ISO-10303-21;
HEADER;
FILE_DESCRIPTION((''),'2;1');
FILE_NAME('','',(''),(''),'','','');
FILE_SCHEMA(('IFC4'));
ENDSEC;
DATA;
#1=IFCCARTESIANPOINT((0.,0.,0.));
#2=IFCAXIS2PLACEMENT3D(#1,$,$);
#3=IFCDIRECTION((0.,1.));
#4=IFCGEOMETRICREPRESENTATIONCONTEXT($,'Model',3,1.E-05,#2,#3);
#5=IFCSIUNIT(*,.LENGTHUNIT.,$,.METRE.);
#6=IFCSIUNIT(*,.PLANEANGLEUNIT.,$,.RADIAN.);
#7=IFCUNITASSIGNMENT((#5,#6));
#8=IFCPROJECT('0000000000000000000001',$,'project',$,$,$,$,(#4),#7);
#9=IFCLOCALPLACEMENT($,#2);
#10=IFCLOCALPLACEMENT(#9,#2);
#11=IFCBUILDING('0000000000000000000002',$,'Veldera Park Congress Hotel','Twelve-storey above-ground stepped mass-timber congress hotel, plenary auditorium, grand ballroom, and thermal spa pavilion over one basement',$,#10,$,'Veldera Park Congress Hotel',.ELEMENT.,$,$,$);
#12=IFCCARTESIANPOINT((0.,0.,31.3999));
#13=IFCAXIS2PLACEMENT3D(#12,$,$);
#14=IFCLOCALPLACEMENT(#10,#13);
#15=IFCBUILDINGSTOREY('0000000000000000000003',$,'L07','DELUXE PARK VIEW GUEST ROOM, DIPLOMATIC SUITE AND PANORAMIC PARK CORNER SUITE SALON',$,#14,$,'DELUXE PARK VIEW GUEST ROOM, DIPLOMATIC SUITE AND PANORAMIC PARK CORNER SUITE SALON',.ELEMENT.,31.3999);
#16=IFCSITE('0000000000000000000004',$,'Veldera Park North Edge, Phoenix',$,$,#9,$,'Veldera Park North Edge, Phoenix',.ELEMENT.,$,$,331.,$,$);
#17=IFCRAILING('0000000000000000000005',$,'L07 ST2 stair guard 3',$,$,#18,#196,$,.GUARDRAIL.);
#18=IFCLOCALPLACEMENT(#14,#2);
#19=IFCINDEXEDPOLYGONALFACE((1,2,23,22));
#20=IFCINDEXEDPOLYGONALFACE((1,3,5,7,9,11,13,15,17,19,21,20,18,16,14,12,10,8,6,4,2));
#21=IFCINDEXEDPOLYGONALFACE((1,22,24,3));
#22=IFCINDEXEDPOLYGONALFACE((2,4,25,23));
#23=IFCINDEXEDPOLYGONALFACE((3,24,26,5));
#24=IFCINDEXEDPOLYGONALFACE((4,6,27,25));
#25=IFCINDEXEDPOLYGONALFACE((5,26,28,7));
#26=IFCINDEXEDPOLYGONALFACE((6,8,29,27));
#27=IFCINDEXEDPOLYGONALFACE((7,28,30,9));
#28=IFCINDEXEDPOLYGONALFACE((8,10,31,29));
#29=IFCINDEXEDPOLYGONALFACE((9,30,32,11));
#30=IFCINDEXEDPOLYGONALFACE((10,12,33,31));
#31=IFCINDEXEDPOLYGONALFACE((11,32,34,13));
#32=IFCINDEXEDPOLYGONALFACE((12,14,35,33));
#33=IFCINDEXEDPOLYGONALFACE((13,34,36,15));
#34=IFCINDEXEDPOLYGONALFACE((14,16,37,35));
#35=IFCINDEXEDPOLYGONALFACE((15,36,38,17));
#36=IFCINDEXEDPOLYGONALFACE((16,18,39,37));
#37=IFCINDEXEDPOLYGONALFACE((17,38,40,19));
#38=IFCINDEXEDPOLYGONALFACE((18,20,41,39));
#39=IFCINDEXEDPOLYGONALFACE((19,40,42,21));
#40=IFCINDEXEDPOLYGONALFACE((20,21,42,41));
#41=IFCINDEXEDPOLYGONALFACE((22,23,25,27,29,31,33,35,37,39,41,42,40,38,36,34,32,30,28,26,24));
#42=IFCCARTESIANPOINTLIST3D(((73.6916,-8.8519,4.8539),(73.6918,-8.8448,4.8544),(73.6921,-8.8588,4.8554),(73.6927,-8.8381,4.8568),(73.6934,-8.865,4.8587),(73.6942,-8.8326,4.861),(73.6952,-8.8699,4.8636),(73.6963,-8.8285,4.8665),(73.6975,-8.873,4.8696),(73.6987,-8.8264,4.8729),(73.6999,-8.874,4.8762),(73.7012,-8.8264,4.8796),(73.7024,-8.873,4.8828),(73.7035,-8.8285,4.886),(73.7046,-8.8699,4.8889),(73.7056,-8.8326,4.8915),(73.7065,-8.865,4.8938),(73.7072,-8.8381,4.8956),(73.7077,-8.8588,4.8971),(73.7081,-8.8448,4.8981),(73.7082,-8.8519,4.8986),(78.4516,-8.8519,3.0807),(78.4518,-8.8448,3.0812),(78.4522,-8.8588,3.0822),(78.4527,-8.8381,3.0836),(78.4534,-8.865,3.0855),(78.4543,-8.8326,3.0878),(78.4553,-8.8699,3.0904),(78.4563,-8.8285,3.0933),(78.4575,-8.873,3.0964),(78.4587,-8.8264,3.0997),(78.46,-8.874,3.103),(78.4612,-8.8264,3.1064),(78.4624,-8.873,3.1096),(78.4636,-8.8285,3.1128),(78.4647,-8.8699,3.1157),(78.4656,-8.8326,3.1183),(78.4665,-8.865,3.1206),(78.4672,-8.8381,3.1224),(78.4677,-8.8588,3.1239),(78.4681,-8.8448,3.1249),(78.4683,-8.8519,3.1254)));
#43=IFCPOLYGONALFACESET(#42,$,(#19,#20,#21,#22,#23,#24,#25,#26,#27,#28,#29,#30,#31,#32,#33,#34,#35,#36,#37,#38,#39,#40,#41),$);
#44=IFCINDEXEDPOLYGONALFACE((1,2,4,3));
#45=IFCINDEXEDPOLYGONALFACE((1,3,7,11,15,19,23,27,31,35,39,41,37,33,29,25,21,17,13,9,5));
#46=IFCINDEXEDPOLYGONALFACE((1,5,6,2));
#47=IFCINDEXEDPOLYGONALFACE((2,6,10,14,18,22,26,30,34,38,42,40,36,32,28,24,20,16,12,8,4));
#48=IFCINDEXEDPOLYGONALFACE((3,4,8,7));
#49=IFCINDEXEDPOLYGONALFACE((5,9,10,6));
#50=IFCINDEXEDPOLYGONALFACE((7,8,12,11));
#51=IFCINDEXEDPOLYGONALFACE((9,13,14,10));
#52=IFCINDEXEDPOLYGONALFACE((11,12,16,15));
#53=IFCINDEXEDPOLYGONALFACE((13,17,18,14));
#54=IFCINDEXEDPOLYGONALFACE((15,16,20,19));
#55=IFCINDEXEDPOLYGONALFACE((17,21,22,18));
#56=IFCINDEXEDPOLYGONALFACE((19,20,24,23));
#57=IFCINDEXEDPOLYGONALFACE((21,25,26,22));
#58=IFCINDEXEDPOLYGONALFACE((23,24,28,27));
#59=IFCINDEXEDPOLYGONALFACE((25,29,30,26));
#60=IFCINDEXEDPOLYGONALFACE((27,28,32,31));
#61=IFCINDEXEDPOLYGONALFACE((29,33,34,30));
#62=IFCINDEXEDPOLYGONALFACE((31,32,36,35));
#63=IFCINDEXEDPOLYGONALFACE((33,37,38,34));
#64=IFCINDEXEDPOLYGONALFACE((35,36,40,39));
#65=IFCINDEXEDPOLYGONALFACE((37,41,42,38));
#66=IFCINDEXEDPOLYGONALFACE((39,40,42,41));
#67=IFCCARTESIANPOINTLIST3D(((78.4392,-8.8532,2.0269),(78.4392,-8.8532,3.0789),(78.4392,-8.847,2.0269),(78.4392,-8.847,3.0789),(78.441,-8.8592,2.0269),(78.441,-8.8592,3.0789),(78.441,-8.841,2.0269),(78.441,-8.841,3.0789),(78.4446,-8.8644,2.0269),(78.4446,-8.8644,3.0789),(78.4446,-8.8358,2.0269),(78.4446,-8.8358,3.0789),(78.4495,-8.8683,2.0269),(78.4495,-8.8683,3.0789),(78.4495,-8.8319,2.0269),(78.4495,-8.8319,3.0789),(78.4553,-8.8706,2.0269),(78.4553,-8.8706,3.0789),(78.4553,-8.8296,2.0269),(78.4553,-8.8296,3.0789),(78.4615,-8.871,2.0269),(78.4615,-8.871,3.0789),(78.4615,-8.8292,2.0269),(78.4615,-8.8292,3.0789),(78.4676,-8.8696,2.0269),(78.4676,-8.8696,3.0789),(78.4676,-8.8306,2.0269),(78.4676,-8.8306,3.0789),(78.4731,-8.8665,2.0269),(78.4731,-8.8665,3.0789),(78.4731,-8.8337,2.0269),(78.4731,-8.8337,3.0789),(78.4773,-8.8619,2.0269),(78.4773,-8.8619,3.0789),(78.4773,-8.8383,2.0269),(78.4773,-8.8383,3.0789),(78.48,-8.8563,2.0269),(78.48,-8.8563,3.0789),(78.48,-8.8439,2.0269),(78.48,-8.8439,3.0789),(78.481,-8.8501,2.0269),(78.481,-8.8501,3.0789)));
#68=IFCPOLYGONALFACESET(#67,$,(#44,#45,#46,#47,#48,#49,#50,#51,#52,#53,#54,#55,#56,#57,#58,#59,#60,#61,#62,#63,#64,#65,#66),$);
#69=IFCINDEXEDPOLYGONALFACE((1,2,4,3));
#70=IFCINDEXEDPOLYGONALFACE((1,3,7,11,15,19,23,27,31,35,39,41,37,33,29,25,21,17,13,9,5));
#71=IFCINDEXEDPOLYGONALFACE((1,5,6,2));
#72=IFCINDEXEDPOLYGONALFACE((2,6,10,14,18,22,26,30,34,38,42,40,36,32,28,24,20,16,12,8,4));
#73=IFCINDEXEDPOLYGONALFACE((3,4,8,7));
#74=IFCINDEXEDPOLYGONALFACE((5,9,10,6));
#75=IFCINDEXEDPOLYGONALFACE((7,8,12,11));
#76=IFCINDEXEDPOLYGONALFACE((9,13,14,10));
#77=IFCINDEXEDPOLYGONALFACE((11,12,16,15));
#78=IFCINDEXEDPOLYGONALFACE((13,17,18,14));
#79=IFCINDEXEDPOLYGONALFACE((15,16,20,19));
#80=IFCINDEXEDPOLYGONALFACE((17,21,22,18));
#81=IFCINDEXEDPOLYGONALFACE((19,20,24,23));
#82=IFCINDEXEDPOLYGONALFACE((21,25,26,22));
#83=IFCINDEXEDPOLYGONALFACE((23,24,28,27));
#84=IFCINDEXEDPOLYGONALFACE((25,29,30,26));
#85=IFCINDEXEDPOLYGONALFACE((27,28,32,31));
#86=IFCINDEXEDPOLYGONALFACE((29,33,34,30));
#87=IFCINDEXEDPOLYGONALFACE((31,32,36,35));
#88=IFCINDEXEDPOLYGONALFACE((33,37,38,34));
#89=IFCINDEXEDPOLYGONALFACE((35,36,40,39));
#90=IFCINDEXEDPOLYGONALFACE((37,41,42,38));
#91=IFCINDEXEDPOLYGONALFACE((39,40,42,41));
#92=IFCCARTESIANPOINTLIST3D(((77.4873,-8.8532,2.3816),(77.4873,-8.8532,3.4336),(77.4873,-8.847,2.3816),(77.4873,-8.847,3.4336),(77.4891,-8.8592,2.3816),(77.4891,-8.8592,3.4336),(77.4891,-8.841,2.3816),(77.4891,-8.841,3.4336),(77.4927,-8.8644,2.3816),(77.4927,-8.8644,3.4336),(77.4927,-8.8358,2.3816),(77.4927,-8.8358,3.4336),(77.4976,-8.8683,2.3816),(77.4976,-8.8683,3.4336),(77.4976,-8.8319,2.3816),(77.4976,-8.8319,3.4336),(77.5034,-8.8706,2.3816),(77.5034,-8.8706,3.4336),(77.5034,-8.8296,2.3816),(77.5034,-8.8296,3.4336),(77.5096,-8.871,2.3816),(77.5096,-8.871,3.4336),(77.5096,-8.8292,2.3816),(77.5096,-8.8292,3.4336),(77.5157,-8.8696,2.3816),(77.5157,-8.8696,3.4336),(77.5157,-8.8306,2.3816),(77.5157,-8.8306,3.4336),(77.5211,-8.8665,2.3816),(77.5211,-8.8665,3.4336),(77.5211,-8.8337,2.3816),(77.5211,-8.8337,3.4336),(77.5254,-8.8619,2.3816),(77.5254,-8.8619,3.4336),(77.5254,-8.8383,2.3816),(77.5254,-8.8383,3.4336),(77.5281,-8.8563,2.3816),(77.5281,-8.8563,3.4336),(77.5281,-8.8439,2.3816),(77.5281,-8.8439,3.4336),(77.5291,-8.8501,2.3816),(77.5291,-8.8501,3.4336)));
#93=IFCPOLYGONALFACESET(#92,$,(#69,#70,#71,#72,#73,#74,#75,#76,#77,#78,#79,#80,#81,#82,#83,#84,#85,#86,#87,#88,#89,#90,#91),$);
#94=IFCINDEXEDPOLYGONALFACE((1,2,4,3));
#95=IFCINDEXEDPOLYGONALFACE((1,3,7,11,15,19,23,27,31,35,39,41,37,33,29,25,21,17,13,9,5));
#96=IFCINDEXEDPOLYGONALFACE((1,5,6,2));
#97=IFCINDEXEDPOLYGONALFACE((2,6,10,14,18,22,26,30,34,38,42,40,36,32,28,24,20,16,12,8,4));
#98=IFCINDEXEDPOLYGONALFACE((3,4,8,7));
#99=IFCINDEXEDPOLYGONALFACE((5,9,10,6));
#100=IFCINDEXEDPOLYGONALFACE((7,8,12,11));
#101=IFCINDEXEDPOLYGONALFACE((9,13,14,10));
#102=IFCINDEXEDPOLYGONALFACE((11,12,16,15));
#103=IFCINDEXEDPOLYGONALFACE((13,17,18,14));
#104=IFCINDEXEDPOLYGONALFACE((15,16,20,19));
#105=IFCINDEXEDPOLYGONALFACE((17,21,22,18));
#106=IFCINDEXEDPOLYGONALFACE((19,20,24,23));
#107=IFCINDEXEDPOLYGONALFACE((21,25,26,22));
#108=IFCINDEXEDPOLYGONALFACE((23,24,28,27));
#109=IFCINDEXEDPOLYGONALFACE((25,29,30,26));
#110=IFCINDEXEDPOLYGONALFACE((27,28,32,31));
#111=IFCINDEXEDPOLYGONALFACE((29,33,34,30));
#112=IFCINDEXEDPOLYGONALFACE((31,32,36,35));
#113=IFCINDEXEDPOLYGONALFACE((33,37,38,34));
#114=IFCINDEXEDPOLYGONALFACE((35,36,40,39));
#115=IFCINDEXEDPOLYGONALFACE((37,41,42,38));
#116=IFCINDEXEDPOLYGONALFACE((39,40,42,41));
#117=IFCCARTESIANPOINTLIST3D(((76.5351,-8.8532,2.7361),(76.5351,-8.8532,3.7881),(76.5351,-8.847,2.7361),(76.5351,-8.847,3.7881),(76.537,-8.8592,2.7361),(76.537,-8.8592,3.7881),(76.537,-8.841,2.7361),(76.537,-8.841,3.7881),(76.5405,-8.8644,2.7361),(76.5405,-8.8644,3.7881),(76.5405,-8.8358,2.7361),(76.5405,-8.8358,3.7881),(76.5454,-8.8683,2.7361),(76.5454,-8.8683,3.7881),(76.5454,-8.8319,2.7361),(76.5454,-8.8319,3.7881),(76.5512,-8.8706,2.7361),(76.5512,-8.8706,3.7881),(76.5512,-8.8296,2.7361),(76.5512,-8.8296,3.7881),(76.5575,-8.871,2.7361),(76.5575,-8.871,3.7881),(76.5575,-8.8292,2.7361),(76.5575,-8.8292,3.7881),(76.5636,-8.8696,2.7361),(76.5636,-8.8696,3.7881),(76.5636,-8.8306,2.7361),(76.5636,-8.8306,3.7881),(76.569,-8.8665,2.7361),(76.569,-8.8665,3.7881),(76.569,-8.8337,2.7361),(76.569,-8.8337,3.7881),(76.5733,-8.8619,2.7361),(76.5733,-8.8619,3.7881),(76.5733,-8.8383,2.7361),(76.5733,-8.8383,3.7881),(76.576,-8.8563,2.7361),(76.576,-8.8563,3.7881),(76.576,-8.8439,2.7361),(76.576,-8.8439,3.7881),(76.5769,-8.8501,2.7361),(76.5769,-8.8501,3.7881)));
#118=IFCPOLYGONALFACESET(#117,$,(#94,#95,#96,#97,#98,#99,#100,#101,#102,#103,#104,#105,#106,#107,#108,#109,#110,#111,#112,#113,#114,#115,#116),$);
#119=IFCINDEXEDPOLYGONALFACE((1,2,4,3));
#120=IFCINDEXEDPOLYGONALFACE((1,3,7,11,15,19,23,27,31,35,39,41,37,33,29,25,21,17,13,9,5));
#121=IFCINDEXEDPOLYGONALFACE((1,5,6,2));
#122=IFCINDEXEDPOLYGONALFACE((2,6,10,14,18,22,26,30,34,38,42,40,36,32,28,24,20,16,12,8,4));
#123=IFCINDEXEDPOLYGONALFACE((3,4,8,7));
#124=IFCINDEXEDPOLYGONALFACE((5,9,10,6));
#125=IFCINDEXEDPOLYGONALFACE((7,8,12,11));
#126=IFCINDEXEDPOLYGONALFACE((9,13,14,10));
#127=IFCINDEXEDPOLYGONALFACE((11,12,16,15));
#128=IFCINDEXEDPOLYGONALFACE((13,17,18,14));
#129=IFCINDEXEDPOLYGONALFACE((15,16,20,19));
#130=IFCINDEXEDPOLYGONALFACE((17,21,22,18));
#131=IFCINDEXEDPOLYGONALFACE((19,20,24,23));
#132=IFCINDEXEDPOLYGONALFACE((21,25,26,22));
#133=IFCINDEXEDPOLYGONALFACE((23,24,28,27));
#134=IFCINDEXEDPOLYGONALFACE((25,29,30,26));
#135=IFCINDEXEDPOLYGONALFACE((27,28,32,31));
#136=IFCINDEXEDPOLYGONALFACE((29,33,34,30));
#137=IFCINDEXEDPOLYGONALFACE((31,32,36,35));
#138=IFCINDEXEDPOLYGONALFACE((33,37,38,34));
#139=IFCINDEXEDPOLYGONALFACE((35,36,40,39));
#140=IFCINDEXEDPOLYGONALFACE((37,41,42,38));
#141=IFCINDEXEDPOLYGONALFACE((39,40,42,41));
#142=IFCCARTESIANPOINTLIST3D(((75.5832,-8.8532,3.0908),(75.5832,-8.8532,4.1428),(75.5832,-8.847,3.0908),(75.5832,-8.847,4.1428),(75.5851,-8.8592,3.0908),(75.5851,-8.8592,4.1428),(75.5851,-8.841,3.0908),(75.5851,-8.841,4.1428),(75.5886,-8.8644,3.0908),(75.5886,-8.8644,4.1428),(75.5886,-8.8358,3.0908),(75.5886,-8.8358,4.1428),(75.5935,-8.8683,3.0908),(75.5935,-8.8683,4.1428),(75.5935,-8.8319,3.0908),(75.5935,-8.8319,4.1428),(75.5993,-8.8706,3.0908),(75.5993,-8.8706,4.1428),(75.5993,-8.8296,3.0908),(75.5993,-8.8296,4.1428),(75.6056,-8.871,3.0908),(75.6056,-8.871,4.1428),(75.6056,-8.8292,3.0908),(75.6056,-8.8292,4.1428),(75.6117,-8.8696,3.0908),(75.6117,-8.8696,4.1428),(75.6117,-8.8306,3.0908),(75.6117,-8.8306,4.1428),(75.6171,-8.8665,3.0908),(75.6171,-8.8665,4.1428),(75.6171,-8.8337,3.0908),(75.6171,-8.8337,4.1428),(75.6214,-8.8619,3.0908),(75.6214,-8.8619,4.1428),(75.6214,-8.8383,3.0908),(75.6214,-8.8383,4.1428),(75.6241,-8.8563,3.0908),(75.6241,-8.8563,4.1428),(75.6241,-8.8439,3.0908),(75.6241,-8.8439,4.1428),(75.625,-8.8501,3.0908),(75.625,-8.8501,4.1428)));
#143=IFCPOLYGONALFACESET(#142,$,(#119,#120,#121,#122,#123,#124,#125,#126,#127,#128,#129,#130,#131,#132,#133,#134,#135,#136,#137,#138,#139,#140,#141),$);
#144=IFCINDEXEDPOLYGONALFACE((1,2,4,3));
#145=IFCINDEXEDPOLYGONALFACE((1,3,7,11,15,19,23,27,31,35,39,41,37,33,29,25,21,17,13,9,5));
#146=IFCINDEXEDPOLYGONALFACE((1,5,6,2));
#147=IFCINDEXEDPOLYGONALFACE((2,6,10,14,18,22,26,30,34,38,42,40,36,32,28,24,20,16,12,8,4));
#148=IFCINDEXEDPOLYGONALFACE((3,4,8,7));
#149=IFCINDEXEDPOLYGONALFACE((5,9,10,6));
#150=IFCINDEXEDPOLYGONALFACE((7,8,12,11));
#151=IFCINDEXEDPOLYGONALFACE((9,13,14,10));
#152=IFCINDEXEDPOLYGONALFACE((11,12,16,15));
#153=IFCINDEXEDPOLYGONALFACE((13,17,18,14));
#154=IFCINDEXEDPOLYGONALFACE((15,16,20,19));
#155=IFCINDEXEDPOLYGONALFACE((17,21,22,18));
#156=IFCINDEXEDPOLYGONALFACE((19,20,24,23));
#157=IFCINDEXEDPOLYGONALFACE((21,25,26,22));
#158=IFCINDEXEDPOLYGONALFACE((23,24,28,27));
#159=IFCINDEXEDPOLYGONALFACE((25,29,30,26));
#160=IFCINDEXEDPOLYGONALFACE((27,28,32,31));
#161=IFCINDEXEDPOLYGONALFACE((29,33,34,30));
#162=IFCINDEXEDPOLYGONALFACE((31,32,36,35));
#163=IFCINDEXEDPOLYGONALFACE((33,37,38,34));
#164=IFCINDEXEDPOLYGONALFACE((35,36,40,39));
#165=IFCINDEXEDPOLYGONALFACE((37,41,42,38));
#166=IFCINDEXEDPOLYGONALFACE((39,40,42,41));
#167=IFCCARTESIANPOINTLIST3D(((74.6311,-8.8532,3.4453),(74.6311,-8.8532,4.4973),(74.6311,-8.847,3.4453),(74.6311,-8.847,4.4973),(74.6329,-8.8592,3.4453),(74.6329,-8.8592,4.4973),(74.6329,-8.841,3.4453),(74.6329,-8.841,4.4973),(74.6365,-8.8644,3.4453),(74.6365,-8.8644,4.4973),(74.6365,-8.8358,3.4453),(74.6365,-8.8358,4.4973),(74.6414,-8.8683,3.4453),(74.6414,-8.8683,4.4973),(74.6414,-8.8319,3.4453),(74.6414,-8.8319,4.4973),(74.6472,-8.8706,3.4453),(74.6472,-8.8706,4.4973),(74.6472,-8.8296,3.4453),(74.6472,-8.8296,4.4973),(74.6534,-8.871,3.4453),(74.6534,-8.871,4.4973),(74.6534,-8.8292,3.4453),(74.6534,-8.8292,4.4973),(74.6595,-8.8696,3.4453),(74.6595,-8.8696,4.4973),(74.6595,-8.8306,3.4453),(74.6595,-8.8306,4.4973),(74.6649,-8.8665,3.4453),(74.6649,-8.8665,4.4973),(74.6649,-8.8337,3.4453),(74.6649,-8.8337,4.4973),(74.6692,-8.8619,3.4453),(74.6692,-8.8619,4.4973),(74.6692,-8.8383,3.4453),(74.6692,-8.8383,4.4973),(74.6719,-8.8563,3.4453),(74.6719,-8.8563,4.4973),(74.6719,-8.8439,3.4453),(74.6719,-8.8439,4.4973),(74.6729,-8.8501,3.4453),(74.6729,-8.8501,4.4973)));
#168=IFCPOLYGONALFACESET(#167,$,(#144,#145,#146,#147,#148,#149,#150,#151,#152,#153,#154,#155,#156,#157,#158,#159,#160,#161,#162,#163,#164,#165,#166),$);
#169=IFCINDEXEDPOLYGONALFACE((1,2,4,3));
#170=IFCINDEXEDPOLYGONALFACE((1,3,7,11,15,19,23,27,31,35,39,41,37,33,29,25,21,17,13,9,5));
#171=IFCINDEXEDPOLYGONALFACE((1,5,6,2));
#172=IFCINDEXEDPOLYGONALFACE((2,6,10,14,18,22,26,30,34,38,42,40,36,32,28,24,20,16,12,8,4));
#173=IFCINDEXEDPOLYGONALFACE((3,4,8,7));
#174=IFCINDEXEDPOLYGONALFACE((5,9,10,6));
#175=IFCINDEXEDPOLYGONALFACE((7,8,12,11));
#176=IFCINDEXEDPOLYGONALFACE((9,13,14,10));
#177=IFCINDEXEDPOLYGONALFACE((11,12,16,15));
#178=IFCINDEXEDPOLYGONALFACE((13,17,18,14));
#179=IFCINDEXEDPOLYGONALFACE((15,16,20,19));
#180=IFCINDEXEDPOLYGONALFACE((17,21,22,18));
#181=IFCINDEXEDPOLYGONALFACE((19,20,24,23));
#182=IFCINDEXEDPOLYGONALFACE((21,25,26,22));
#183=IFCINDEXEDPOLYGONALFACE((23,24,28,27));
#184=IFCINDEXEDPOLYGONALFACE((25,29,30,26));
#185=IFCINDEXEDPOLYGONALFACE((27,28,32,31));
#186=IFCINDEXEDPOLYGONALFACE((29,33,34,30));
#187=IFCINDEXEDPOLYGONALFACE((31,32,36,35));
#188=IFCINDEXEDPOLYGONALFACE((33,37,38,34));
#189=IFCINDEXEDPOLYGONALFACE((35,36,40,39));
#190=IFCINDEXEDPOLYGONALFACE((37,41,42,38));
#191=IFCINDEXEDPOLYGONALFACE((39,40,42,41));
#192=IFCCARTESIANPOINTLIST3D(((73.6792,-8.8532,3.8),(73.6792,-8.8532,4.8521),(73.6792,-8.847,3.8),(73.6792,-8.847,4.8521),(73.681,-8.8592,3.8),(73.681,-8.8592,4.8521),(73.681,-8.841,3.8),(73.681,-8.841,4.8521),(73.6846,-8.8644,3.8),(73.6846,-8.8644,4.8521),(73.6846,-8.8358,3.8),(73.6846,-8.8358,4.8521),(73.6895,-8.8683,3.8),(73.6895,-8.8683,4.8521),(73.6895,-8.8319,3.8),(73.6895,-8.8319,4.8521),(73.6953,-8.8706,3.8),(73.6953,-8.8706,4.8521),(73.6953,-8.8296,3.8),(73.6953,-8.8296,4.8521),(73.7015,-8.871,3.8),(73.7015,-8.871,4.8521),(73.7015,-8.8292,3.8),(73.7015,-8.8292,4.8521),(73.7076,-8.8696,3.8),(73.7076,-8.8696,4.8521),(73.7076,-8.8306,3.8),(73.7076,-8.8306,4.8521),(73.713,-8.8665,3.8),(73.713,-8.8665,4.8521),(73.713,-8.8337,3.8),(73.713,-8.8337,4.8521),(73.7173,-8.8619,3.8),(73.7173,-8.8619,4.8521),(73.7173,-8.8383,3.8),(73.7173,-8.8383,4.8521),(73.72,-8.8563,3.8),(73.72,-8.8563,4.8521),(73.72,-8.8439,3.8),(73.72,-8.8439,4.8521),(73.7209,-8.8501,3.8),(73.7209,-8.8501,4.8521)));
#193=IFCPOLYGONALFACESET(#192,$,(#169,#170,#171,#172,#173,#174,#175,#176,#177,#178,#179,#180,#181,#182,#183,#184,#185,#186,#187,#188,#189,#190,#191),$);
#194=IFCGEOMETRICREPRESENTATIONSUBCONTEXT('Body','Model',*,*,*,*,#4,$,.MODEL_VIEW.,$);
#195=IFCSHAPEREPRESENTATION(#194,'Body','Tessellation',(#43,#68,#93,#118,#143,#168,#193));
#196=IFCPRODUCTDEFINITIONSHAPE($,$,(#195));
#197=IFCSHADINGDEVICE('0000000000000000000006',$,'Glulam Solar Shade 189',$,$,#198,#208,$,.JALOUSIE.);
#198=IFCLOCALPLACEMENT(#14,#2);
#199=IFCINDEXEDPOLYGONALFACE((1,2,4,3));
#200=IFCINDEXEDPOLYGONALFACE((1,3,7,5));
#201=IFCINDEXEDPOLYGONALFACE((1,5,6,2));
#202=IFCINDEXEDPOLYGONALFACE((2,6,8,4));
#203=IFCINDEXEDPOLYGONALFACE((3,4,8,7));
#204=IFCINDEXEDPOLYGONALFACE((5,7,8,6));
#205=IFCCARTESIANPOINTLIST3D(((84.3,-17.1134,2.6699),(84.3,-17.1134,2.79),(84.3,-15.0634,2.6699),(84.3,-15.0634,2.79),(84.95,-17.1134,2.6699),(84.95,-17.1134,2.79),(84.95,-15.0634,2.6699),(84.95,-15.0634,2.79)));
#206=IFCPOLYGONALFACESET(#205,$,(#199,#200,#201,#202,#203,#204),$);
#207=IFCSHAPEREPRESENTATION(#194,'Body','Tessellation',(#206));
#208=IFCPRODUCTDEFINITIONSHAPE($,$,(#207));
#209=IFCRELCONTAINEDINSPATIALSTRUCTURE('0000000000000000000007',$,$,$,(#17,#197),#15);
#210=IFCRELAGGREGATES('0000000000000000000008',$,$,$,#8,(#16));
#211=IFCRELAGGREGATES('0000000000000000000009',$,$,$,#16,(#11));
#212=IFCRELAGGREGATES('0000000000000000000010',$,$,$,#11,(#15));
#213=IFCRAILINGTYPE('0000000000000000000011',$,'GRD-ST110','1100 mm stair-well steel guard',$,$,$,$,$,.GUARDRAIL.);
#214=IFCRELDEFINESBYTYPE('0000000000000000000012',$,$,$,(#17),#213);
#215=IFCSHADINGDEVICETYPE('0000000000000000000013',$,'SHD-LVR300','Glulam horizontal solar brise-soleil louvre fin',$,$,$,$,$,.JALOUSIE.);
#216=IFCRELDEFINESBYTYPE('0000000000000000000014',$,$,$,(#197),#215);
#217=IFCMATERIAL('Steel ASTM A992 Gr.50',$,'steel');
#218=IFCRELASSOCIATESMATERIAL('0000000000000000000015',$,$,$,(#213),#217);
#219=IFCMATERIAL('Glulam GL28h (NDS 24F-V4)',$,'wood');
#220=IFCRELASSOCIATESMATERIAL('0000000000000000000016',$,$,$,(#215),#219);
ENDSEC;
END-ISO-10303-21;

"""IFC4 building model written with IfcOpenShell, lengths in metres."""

from ifc_helpers import new_model, si_unit, direction, frame, origin, origin_2d, place, context, subcontext, project, spatial, rectangle, circle, extrude, material, type_object, element, save


model = new_model("IFC4")

# Units and contexts
model_context = context("Model", 3, precision=1e-05, world=origin(), true_north=direction((0.0, 1.0)))
body_context = subcontext(model_context, "Body", "Model", "MODEL_VIEW")
ifc_project = project(units=[si_unit("LENGTHUNIT", "METRE"), si_unit("PLANEANGLEUNIT", "RADIAN")], contexts=[model_context])

# Site, building, storey
site_placement = place(None, origin())
site = spatial("IfcSite", under=ifc_project, at=site_placement, Name="Veldera Park North Edge, Phoenix", LongName="Veldera Park North Edge, Phoenix", CompositionType="ELEMENT", RefElevation=331.0)
building_placement = place(site_placement, origin())
building = spatial("IfcBuilding", under=site, at=building_placement, Name="Veldera Park Congress Hotel", Description="Twelve-storey above-ground stepped mass-timber congress hotel, plenary auditorium, grand ballroom, and thermal spa pavilion over one basement", LongName="Veldera Park Congress Hotel", CompositionType="ELEMENT")
storey_placement = place(building_placement, frame((0.0, 0.0, 31.3999)))
storey = spatial("IfcBuildingStorey", under=building, at=storey_placement, Name="L07", Description="DELUXE PARK VIEW GUEST ROOM, DIPLOMATIC SUITE AND PANORAMIC PARK CORNER SUITE SALON", LongName="DELUXE PARK VIEW GUEST ROOM, DIPLOMATIC SUITE AND PANORAMIC PARK CORNER SUITE SALON", CompositionType="ELEMENT", Elevation=31.3999)

# Shared definitions
ifc_material_1 = material(Name="Glulam GL28h (NDS 24F-V4)", Category="wood")

# Railing
ifc_material_2 = material(Name="Steel ASTM A992 Gr.50", Category="steel")
railing_type = type_object("IfcRailingType", Name="GRD-ST110", Description="1100 mm stair-well steel guard", PredefinedType="GUARDRAIL", material=ifc_material_2)
railing_1_placement = place(storey_placement, frame((78.46, -8.8501, 2.0269)))
element("IfcRailing", 1, at=railing_1_placement, inside=storey, type_object=railing_type, Name="L07 ST2 stair guard 3", PredefinedType="GUARDRAIL", context=body_context, shape_type="SweptSolid", body=[
    extrude(circle(Radius=0.0239, at=origin_2d()), frame((0.0, 0.0, 1.0762), z_axis=(-0.937091, 0.0, 0.349084), x_axis=(0.0, -1.0, 0.0)), (0.0, 0.0, 1.0), 5.0796),
    extrude(circle(Radius=0.021, at=origin_2d()), origin(), (0.0, 0.0, 1.0), 1.052),
    extrude(circle(Radius=0.021, at=origin_2d()), frame((-0.9519, 0.0, 0.3547)), (0.0, 0.0, 1.0), 1.052),
    extrude(circle(Radius=0.021, at=origin_2d()), frame((-1.9041, 0.0, 0.7092)), (0.0, 0.0, 1.0), 1.052),
    extrude(circle(Radius=0.021, at=origin_2d()), frame((-2.856, 0.0, 1.064)), (0.0, 0.0, 1.0), 1.052),
    extrude(circle(Radius=0.021, at=origin_2d()), frame((-3.8081, 0.0, 1.4185)), (0.0, 0.0, 1.0), 1.052),
    extrude(circle(Radius=0.021, at=origin_2d()), frame((-4.76, 0.0, 1.7732)), (0.0, 0.0, 1.0), 1.052),
])

# Shading device
shading_device_type = type_object("IfcShadingDeviceType", Name="SHD-LVR300", Description="Glulam horizontal solar brise-soleil louvre fin", PredefinedType="JALOUSIE", material=ifc_material_1)
shading_device_placement = place(storey_placement, frame((84.625, -16.0884, 2.6699), z_axis=(0.0, 0.0, 1.0), x_axis=(0.0, 1.0, 0.0)))
element("IfcShadingDevice", 2, at=shading_device_placement, inside=storey, type_object=shading_device_type, Name="Glulam Solar Shade 189", PredefinedType="JALOUSIE", context=body_context, shape_type="SweptSolid", body=[
    extrude(rectangle(XDim=2.05, YDim=0.6499, at=origin_2d()), origin(), (0.0, 0.0, 1.0), 0.1201),
])

save(model, "model.ifc")
